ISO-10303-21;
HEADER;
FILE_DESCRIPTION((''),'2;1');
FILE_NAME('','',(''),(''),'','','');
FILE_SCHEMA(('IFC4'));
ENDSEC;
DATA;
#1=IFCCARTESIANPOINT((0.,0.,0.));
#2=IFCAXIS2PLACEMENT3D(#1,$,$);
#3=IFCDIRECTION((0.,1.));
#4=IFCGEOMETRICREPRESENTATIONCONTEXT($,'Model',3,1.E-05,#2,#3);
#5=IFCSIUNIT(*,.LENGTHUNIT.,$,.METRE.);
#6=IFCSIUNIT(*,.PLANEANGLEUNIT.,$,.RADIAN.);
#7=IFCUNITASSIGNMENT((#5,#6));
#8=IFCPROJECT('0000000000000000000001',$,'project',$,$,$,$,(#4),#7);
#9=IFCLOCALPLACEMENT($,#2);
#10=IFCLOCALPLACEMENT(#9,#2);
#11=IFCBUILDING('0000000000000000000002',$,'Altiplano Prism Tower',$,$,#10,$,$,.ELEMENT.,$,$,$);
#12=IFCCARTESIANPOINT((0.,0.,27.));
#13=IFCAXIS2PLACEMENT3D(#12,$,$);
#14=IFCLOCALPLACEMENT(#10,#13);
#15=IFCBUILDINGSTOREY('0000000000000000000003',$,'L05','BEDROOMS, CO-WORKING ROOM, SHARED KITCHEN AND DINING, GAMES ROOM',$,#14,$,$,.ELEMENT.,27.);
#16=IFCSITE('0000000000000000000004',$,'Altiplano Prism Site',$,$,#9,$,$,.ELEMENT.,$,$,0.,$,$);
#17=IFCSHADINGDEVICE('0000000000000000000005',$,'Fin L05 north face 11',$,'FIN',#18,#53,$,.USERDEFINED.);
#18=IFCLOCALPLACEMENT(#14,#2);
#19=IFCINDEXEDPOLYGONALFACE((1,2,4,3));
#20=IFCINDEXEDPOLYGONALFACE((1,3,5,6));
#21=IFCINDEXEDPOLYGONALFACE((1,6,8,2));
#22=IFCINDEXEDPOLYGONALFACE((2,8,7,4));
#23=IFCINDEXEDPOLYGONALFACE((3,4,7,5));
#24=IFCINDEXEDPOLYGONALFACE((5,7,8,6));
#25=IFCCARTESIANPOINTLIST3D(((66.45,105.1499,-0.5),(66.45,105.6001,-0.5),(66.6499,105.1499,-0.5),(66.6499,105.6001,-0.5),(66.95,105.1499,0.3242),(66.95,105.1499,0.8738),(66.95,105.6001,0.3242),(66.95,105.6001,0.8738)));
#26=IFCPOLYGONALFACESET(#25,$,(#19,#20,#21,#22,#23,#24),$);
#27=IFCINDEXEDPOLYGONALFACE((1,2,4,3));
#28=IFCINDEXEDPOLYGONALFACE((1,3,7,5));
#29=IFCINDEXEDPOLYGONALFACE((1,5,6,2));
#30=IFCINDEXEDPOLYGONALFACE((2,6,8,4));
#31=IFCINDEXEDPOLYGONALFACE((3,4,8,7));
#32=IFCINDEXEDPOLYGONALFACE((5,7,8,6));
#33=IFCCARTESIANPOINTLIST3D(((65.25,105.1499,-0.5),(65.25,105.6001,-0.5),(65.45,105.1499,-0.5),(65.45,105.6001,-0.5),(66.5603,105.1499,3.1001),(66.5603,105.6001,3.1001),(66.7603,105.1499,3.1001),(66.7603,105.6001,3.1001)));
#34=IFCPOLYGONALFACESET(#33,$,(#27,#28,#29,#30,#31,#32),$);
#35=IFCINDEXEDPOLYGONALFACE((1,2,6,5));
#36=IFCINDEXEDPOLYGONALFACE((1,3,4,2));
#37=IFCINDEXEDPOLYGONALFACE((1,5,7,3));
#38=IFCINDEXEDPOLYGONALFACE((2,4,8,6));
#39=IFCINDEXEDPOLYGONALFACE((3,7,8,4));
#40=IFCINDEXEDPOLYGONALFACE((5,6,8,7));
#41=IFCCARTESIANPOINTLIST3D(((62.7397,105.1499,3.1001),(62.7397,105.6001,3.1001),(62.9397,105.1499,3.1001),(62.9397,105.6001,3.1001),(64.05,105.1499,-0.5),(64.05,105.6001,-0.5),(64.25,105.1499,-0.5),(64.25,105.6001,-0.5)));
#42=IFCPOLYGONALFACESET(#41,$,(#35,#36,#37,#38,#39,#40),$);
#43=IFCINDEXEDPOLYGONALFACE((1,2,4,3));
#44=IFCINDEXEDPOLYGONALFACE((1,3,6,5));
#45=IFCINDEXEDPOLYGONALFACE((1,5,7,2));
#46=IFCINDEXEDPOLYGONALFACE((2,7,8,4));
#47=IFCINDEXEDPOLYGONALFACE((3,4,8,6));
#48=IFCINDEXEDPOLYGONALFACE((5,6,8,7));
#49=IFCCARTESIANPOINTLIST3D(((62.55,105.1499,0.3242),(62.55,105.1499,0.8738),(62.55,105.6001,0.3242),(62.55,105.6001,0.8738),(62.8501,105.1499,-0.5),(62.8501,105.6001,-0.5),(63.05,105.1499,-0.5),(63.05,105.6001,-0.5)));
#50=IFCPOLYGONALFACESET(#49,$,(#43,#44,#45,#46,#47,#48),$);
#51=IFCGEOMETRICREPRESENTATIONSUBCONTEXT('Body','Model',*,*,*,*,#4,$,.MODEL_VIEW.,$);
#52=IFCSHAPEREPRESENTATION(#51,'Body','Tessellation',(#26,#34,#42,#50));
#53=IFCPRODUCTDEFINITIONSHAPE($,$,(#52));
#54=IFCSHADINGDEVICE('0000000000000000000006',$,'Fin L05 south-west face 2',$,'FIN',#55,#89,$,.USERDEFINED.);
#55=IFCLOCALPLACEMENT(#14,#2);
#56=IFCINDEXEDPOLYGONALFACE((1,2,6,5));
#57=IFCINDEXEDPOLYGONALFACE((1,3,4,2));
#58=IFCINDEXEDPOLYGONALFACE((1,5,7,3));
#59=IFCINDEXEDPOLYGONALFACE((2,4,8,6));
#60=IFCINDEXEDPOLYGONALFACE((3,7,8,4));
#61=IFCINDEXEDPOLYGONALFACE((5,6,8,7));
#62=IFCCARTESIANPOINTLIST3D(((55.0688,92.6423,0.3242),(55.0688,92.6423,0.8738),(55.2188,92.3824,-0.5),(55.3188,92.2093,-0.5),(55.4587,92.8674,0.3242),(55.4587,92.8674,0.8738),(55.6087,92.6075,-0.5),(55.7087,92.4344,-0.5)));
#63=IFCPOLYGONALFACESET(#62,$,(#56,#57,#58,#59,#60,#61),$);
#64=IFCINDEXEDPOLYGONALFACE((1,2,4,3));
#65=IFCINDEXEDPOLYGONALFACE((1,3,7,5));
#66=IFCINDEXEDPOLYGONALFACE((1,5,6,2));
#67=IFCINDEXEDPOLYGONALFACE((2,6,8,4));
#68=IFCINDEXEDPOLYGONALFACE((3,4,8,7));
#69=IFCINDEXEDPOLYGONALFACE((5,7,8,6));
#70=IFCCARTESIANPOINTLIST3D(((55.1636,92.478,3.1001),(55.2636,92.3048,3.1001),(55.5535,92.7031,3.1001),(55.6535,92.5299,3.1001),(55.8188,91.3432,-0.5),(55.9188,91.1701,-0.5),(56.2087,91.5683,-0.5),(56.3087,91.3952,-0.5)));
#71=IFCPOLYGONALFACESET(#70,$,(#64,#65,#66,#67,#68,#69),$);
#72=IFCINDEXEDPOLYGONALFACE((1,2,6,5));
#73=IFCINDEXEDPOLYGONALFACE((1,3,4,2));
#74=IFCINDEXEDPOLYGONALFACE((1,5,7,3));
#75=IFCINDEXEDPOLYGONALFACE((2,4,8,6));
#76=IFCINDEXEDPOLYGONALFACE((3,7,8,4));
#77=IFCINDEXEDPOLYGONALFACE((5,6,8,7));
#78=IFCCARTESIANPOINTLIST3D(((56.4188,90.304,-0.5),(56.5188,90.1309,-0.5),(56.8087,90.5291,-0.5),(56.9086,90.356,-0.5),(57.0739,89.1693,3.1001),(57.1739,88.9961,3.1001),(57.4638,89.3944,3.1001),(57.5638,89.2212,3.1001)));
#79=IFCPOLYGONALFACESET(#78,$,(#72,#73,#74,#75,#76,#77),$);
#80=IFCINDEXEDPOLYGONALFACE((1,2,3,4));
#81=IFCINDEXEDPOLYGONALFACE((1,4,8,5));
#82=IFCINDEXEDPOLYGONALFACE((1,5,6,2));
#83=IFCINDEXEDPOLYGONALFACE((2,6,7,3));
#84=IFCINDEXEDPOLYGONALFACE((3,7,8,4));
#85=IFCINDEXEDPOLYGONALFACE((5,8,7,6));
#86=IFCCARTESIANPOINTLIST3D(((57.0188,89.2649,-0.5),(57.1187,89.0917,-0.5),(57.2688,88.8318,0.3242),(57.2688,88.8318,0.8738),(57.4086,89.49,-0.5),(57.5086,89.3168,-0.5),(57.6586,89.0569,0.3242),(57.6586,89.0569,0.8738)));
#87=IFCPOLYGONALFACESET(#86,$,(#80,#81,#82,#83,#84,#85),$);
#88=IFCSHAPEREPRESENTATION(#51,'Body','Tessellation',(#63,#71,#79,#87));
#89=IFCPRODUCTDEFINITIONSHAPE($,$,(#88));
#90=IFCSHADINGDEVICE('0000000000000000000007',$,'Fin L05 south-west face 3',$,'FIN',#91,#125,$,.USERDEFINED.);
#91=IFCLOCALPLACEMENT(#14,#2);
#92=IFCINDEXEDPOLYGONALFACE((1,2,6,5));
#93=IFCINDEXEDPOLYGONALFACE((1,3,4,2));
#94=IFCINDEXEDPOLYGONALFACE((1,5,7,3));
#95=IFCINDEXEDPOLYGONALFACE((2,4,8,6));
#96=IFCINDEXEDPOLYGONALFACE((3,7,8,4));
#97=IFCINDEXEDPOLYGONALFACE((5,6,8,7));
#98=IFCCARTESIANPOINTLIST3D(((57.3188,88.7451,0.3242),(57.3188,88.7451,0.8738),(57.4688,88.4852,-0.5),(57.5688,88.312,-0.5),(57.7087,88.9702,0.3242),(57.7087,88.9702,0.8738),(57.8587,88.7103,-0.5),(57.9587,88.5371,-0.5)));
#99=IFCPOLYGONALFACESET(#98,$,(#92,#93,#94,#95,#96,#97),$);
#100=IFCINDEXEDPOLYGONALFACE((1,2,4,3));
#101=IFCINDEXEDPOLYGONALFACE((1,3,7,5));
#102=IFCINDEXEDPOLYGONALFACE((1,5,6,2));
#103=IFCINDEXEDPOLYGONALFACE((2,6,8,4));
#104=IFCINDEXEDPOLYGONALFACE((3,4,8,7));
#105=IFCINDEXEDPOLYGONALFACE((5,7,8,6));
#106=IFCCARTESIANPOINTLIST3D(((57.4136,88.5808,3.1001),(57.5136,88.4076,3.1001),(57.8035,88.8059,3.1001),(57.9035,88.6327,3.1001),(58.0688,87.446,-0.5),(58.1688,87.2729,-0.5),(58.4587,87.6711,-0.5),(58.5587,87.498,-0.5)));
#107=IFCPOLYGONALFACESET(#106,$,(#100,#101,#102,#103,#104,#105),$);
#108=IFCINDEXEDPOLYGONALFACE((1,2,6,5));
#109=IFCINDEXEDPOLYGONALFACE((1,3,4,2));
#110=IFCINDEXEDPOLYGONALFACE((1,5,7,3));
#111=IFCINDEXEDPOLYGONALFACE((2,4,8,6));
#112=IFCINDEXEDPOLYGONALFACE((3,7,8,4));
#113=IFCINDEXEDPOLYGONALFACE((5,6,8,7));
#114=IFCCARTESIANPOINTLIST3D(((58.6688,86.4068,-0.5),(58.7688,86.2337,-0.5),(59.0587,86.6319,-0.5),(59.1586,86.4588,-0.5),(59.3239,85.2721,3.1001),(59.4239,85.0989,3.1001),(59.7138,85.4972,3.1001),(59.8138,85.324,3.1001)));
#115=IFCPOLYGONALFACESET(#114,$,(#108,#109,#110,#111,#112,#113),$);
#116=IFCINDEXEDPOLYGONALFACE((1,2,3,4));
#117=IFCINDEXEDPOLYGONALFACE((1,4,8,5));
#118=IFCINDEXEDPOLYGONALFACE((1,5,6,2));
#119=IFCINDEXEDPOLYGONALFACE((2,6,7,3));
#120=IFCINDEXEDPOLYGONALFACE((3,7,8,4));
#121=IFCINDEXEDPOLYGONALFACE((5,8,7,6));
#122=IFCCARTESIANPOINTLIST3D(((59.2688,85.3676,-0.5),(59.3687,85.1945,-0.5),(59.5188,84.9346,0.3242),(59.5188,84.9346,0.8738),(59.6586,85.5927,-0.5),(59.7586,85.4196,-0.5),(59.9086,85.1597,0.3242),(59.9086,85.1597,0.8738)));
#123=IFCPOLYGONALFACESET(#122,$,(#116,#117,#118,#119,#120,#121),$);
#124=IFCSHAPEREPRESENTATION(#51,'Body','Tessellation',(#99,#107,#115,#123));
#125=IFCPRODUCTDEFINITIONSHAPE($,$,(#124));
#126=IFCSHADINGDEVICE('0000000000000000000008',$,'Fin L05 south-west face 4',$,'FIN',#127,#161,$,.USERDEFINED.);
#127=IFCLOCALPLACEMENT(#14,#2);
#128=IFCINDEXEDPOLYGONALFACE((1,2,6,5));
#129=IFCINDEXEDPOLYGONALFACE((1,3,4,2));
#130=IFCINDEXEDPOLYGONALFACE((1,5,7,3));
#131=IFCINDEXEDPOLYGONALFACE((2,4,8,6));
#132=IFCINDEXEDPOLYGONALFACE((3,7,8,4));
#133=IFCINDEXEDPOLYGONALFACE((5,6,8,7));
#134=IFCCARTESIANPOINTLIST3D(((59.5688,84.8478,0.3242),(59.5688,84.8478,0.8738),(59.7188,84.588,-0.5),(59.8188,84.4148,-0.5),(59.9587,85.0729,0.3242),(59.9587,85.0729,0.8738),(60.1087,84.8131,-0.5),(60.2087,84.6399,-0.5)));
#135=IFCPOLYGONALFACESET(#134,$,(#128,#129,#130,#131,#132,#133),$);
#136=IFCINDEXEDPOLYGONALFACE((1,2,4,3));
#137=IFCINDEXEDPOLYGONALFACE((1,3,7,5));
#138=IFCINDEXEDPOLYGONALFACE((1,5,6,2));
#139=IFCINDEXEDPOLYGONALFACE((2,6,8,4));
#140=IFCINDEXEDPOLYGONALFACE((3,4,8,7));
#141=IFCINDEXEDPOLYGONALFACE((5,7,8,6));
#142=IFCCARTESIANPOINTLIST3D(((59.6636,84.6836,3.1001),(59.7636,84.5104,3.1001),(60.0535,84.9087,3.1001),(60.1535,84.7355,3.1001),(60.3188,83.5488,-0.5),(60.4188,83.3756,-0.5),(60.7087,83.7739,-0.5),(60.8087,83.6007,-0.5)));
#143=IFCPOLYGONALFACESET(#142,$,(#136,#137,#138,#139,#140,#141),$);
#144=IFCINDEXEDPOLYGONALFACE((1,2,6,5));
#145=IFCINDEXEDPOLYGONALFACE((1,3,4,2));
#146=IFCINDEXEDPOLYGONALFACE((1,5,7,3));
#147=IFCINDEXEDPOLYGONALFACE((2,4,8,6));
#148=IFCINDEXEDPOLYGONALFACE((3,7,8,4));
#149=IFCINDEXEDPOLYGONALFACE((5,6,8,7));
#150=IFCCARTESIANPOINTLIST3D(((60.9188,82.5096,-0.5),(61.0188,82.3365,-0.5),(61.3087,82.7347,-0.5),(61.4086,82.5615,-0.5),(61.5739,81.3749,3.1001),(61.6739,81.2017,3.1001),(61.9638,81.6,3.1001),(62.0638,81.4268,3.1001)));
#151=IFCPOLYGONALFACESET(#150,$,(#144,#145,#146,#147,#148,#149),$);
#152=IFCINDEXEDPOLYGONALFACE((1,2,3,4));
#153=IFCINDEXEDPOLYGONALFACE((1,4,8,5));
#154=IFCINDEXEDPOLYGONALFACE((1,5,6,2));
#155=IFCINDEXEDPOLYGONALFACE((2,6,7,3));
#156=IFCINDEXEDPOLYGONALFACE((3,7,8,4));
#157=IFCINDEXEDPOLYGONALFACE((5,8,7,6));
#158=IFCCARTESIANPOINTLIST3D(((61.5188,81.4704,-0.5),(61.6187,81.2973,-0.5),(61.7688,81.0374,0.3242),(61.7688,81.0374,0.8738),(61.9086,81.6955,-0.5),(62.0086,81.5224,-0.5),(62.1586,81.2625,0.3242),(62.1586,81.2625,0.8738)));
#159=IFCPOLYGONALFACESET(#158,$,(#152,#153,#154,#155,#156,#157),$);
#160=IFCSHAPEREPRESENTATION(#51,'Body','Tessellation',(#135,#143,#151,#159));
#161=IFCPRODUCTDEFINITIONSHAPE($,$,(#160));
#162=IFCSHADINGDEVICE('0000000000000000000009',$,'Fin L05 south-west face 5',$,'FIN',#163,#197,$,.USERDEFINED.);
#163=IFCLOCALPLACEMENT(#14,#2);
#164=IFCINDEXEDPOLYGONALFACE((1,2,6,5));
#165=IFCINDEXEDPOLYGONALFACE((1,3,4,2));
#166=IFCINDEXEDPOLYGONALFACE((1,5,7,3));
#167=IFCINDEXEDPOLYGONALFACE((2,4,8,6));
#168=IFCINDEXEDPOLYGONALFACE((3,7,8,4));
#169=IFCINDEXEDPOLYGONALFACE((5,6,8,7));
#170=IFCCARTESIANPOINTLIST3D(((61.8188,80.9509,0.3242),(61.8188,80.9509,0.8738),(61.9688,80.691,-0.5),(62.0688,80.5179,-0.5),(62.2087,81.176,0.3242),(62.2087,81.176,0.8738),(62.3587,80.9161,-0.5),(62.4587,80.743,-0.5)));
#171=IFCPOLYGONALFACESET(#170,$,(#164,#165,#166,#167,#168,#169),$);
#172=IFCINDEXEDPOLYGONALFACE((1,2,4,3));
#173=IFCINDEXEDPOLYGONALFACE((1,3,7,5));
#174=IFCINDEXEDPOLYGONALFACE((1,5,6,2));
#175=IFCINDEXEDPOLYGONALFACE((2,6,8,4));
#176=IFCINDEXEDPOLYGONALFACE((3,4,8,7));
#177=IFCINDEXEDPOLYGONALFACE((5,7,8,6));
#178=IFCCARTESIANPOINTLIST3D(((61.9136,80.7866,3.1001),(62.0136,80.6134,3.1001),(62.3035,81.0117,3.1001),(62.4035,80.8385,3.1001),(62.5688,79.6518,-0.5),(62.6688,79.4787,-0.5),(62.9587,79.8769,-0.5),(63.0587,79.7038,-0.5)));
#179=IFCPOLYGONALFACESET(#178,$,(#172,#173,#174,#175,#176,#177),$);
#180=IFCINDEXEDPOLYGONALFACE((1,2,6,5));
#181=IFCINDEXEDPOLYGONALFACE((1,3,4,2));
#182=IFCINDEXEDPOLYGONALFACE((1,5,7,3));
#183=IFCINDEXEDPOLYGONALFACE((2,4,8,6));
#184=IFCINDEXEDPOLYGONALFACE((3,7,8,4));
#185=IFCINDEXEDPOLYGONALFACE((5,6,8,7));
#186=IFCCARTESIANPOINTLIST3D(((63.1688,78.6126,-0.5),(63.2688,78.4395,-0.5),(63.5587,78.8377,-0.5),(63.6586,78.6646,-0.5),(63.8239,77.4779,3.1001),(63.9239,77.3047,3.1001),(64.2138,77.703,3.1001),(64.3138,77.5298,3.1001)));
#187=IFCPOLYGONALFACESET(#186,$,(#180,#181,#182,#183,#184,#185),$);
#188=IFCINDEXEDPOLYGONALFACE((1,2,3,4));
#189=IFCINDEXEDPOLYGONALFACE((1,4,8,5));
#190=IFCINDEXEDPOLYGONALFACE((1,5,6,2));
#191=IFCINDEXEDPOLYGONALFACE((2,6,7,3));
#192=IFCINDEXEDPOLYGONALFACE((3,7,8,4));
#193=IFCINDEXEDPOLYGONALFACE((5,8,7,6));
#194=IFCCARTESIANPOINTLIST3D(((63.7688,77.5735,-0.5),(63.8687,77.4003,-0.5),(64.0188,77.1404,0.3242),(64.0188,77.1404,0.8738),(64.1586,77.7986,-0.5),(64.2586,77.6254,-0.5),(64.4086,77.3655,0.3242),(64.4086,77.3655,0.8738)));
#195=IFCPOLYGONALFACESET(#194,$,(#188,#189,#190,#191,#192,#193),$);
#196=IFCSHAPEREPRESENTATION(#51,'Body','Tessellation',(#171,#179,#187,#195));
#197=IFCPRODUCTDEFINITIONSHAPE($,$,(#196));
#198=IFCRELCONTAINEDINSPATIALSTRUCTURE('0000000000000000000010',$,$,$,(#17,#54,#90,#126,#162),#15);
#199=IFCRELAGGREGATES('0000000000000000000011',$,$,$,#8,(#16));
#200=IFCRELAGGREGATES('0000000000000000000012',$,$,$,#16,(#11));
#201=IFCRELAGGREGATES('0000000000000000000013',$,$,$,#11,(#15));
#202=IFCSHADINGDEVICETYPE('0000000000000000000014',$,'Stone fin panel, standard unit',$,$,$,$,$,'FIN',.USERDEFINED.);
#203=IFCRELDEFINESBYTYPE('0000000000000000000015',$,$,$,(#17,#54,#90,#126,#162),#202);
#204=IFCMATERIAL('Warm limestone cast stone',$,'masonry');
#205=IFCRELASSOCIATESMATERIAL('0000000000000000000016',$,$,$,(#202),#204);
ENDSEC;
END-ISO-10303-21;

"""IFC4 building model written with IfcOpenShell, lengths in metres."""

from ifc_helpers import new_model, si_unit, direction, frame, origin, place, context, subcontext, project, spatial, polyline, outline, extrude, source, transform, mapped, material, type_object, element, save


model = new_model("IFC4")

# Units and contexts
model_context = context("Model", 3, precision=1e-05, world=origin(), true_north=direction((0.0, 1.0)))
body_context = subcontext(model_context, "Body", "Model", "MODEL_VIEW")
ifc_project = project(units=[si_unit("LENGTHUNIT", "METRE"), si_unit("PLANEANGLEUNIT", "RADIAN")], contexts=[model_context])

# Site, building, storey
site_placement = place(None, origin())
site = spatial("IfcSite", under=ifc_project, at=site_placement, Name="Altiplano Prism Site", CompositionType="ELEMENT", RefElevation=0.0)
building_placement = place(site_placement, origin())
building = spatial("IfcBuilding", under=site, at=building_placement, Name="Altiplano Prism Tower", CompositionType="ELEMENT")
storey_placement = place(building_placement, frame((0.0, 0.0, 27.0)))
storey = spatial("IfcBuildingStorey", under=building, at=storey_placement, Name="L05", Description="BEDROOMS, CO-WORKING ROOM, SHARED KITCHEN AND DINING, GAMES ROOM", CompositionType="ELEMENT", Elevation=27.0)

# Shading devices
ifc_material_1 = material(Name="Warm limestone cast stone", Category="masonry")
shading_device_type_1 = type_object("IfcShadingDeviceType", Name="Stone fin panel, standard unit", ElementType="FIN", PredefinedType="USERDEFINED", material=ifc_material_1)
shared_shape_1 = source(origin(), body_context, "Body", "SweptSolid", [
    extrude(outline(polyline([(-2.2, 1.3738), (-2.2, 0.8242), (-1.8999, 0.0), (-1.7, 0.0), (-2.2, 1.3738)])), frame((0.0, -0.1499, 0.0), z_axis=(0.0, -1.0, 0.0), x_axis=(1.0, 0.0, 0.0)), (0.0, 0.0, 1.0), 0.4502),
    extrude(outline(polyline([(-2.0103, 3.6001), (-0.7, 0.0), (-0.5, 0.0), (-1.8103, 3.6001), (-2.0103, 3.6001)])), frame((0.0, -0.1499, 0.0), z_axis=(0.0, -1.0, 0.0), x_axis=(1.0, 0.0, 0.0)), (0.0, 0.0, 1.0), 0.4502),
    extrude(outline(polyline([(1.8103, 3.6001), (0.5, 0.0), (0.7, 0.0), (2.0103, 3.6001), (1.8103, 3.6001)])), frame((0.0, -0.1499, 0.0), z_axis=(0.0, -1.0, 0.0), x_axis=(1.0, 0.0, 0.0)), (0.0, 0.0, 1.0), 0.4502),
    extrude(outline(polyline([(2.2, 0.8242), (2.2, 1.3738), (1.7, 0.0), (1.8999, 0.0), (2.2, 0.8242)])), frame((0.0, -0.1499, 0.0), z_axis=(0.0, -1.0, 0.0), x_axis=(1.0, 0.0, 0.0)), (0.0, 0.0, 1.0), 0.4502),
])
shading_device_1_placement = place(storey_placement, origin())
element("IfcShadingDevice", 1, at=shading_device_1_placement, inside=storey, type_object=shading_device_type_1, Name="Fin L05 north face 11", ObjectType="FIN", PredefinedType="USERDEFINED", context=body_context, shape_type="MappedRepresentation", body=[
    mapped(shared_shape_1, transform((64.75, 105.0, -0.5), x_axis=(-1.0, 0.0, 0.0), y_axis=(0.0, -1.0, 0.0), z_axis=(0.0, 0.0, 1.0))),
])
shading_device_2_placement = place(storey_placement, origin())
element("IfcShadingDevice", 2, at=shading_device_2_placement, inside=storey, type_object=shading_device_type_1, Name="Fin L05 south-west face 2", ObjectType="FIN", PredefinedType="USERDEFINED", context=body_context, shape_type="MappedRepresentation", body=[
    mapped(shared_shape_1, transform((56.6885, 91.0371, -0.5), x_axis=(0.5, -0.866025, 0.0), y_axis=(0.866025, 0.5, 0.0), z_axis=(0.0, 0.0, 1.0))),
])
shading_device_3_placement = place(storey_placement, origin())
element("IfcShadingDevice", 3, at=shading_device_3_placement, inside=storey, type_object=shading_device_type_1, Name="Fin L05 south-west face 3", ObjectType="FIN", PredefinedType="USERDEFINED", context=body_context, shape_type="MappedRepresentation", body=[
    mapped(shared_shape_1, transform((58.9385, 87.1399, -0.5), x_axis=(0.5, -0.866025, 0.0), y_axis=(0.866025, 0.5, 0.0), z_axis=(0.0, 0.0, 1.0))),
])
shading_device_4_placement = place(storey_placement, origin())
element("IfcShadingDevice", 4, at=shading_device_4_placement, inside=storey, type_object=shading_device_type_1, Name="Fin L05 south-west face 4", ObjectType="FIN", PredefinedType="USERDEFINED", context=body_context, shape_type="MappedRepresentation", body=[
    mapped(shared_shape_1, transform((61.1885, 83.2427, -0.5), x_axis=(0.5, -0.866025, 0.0), y_axis=(0.866025, 0.5, 0.0), z_axis=(0.0, 0.0, 1.0))),
])
shading_device_5_placement = place(storey_placement, origin())
element("IfcShadingDevice", 5, at=shading_device_5_placement, inside=storey, type_object=shading_device_type_1, Name="Fin L05 south-west face 5", ObjectType="FIN", PredefinedType="USERDEFINED", context=body_context, shape_type="MappedRepresentation", body=[
    mapped(shared_shape_1, transform((63.4385, 79.3457, -0.5), x_axis=(0.5, -0.866025, 0.0), y_axis=(0.866025, 0.5, 0.0), z_axis=(0.0, 0.0, 1.0))),
])

save(model, "model.ifc")
